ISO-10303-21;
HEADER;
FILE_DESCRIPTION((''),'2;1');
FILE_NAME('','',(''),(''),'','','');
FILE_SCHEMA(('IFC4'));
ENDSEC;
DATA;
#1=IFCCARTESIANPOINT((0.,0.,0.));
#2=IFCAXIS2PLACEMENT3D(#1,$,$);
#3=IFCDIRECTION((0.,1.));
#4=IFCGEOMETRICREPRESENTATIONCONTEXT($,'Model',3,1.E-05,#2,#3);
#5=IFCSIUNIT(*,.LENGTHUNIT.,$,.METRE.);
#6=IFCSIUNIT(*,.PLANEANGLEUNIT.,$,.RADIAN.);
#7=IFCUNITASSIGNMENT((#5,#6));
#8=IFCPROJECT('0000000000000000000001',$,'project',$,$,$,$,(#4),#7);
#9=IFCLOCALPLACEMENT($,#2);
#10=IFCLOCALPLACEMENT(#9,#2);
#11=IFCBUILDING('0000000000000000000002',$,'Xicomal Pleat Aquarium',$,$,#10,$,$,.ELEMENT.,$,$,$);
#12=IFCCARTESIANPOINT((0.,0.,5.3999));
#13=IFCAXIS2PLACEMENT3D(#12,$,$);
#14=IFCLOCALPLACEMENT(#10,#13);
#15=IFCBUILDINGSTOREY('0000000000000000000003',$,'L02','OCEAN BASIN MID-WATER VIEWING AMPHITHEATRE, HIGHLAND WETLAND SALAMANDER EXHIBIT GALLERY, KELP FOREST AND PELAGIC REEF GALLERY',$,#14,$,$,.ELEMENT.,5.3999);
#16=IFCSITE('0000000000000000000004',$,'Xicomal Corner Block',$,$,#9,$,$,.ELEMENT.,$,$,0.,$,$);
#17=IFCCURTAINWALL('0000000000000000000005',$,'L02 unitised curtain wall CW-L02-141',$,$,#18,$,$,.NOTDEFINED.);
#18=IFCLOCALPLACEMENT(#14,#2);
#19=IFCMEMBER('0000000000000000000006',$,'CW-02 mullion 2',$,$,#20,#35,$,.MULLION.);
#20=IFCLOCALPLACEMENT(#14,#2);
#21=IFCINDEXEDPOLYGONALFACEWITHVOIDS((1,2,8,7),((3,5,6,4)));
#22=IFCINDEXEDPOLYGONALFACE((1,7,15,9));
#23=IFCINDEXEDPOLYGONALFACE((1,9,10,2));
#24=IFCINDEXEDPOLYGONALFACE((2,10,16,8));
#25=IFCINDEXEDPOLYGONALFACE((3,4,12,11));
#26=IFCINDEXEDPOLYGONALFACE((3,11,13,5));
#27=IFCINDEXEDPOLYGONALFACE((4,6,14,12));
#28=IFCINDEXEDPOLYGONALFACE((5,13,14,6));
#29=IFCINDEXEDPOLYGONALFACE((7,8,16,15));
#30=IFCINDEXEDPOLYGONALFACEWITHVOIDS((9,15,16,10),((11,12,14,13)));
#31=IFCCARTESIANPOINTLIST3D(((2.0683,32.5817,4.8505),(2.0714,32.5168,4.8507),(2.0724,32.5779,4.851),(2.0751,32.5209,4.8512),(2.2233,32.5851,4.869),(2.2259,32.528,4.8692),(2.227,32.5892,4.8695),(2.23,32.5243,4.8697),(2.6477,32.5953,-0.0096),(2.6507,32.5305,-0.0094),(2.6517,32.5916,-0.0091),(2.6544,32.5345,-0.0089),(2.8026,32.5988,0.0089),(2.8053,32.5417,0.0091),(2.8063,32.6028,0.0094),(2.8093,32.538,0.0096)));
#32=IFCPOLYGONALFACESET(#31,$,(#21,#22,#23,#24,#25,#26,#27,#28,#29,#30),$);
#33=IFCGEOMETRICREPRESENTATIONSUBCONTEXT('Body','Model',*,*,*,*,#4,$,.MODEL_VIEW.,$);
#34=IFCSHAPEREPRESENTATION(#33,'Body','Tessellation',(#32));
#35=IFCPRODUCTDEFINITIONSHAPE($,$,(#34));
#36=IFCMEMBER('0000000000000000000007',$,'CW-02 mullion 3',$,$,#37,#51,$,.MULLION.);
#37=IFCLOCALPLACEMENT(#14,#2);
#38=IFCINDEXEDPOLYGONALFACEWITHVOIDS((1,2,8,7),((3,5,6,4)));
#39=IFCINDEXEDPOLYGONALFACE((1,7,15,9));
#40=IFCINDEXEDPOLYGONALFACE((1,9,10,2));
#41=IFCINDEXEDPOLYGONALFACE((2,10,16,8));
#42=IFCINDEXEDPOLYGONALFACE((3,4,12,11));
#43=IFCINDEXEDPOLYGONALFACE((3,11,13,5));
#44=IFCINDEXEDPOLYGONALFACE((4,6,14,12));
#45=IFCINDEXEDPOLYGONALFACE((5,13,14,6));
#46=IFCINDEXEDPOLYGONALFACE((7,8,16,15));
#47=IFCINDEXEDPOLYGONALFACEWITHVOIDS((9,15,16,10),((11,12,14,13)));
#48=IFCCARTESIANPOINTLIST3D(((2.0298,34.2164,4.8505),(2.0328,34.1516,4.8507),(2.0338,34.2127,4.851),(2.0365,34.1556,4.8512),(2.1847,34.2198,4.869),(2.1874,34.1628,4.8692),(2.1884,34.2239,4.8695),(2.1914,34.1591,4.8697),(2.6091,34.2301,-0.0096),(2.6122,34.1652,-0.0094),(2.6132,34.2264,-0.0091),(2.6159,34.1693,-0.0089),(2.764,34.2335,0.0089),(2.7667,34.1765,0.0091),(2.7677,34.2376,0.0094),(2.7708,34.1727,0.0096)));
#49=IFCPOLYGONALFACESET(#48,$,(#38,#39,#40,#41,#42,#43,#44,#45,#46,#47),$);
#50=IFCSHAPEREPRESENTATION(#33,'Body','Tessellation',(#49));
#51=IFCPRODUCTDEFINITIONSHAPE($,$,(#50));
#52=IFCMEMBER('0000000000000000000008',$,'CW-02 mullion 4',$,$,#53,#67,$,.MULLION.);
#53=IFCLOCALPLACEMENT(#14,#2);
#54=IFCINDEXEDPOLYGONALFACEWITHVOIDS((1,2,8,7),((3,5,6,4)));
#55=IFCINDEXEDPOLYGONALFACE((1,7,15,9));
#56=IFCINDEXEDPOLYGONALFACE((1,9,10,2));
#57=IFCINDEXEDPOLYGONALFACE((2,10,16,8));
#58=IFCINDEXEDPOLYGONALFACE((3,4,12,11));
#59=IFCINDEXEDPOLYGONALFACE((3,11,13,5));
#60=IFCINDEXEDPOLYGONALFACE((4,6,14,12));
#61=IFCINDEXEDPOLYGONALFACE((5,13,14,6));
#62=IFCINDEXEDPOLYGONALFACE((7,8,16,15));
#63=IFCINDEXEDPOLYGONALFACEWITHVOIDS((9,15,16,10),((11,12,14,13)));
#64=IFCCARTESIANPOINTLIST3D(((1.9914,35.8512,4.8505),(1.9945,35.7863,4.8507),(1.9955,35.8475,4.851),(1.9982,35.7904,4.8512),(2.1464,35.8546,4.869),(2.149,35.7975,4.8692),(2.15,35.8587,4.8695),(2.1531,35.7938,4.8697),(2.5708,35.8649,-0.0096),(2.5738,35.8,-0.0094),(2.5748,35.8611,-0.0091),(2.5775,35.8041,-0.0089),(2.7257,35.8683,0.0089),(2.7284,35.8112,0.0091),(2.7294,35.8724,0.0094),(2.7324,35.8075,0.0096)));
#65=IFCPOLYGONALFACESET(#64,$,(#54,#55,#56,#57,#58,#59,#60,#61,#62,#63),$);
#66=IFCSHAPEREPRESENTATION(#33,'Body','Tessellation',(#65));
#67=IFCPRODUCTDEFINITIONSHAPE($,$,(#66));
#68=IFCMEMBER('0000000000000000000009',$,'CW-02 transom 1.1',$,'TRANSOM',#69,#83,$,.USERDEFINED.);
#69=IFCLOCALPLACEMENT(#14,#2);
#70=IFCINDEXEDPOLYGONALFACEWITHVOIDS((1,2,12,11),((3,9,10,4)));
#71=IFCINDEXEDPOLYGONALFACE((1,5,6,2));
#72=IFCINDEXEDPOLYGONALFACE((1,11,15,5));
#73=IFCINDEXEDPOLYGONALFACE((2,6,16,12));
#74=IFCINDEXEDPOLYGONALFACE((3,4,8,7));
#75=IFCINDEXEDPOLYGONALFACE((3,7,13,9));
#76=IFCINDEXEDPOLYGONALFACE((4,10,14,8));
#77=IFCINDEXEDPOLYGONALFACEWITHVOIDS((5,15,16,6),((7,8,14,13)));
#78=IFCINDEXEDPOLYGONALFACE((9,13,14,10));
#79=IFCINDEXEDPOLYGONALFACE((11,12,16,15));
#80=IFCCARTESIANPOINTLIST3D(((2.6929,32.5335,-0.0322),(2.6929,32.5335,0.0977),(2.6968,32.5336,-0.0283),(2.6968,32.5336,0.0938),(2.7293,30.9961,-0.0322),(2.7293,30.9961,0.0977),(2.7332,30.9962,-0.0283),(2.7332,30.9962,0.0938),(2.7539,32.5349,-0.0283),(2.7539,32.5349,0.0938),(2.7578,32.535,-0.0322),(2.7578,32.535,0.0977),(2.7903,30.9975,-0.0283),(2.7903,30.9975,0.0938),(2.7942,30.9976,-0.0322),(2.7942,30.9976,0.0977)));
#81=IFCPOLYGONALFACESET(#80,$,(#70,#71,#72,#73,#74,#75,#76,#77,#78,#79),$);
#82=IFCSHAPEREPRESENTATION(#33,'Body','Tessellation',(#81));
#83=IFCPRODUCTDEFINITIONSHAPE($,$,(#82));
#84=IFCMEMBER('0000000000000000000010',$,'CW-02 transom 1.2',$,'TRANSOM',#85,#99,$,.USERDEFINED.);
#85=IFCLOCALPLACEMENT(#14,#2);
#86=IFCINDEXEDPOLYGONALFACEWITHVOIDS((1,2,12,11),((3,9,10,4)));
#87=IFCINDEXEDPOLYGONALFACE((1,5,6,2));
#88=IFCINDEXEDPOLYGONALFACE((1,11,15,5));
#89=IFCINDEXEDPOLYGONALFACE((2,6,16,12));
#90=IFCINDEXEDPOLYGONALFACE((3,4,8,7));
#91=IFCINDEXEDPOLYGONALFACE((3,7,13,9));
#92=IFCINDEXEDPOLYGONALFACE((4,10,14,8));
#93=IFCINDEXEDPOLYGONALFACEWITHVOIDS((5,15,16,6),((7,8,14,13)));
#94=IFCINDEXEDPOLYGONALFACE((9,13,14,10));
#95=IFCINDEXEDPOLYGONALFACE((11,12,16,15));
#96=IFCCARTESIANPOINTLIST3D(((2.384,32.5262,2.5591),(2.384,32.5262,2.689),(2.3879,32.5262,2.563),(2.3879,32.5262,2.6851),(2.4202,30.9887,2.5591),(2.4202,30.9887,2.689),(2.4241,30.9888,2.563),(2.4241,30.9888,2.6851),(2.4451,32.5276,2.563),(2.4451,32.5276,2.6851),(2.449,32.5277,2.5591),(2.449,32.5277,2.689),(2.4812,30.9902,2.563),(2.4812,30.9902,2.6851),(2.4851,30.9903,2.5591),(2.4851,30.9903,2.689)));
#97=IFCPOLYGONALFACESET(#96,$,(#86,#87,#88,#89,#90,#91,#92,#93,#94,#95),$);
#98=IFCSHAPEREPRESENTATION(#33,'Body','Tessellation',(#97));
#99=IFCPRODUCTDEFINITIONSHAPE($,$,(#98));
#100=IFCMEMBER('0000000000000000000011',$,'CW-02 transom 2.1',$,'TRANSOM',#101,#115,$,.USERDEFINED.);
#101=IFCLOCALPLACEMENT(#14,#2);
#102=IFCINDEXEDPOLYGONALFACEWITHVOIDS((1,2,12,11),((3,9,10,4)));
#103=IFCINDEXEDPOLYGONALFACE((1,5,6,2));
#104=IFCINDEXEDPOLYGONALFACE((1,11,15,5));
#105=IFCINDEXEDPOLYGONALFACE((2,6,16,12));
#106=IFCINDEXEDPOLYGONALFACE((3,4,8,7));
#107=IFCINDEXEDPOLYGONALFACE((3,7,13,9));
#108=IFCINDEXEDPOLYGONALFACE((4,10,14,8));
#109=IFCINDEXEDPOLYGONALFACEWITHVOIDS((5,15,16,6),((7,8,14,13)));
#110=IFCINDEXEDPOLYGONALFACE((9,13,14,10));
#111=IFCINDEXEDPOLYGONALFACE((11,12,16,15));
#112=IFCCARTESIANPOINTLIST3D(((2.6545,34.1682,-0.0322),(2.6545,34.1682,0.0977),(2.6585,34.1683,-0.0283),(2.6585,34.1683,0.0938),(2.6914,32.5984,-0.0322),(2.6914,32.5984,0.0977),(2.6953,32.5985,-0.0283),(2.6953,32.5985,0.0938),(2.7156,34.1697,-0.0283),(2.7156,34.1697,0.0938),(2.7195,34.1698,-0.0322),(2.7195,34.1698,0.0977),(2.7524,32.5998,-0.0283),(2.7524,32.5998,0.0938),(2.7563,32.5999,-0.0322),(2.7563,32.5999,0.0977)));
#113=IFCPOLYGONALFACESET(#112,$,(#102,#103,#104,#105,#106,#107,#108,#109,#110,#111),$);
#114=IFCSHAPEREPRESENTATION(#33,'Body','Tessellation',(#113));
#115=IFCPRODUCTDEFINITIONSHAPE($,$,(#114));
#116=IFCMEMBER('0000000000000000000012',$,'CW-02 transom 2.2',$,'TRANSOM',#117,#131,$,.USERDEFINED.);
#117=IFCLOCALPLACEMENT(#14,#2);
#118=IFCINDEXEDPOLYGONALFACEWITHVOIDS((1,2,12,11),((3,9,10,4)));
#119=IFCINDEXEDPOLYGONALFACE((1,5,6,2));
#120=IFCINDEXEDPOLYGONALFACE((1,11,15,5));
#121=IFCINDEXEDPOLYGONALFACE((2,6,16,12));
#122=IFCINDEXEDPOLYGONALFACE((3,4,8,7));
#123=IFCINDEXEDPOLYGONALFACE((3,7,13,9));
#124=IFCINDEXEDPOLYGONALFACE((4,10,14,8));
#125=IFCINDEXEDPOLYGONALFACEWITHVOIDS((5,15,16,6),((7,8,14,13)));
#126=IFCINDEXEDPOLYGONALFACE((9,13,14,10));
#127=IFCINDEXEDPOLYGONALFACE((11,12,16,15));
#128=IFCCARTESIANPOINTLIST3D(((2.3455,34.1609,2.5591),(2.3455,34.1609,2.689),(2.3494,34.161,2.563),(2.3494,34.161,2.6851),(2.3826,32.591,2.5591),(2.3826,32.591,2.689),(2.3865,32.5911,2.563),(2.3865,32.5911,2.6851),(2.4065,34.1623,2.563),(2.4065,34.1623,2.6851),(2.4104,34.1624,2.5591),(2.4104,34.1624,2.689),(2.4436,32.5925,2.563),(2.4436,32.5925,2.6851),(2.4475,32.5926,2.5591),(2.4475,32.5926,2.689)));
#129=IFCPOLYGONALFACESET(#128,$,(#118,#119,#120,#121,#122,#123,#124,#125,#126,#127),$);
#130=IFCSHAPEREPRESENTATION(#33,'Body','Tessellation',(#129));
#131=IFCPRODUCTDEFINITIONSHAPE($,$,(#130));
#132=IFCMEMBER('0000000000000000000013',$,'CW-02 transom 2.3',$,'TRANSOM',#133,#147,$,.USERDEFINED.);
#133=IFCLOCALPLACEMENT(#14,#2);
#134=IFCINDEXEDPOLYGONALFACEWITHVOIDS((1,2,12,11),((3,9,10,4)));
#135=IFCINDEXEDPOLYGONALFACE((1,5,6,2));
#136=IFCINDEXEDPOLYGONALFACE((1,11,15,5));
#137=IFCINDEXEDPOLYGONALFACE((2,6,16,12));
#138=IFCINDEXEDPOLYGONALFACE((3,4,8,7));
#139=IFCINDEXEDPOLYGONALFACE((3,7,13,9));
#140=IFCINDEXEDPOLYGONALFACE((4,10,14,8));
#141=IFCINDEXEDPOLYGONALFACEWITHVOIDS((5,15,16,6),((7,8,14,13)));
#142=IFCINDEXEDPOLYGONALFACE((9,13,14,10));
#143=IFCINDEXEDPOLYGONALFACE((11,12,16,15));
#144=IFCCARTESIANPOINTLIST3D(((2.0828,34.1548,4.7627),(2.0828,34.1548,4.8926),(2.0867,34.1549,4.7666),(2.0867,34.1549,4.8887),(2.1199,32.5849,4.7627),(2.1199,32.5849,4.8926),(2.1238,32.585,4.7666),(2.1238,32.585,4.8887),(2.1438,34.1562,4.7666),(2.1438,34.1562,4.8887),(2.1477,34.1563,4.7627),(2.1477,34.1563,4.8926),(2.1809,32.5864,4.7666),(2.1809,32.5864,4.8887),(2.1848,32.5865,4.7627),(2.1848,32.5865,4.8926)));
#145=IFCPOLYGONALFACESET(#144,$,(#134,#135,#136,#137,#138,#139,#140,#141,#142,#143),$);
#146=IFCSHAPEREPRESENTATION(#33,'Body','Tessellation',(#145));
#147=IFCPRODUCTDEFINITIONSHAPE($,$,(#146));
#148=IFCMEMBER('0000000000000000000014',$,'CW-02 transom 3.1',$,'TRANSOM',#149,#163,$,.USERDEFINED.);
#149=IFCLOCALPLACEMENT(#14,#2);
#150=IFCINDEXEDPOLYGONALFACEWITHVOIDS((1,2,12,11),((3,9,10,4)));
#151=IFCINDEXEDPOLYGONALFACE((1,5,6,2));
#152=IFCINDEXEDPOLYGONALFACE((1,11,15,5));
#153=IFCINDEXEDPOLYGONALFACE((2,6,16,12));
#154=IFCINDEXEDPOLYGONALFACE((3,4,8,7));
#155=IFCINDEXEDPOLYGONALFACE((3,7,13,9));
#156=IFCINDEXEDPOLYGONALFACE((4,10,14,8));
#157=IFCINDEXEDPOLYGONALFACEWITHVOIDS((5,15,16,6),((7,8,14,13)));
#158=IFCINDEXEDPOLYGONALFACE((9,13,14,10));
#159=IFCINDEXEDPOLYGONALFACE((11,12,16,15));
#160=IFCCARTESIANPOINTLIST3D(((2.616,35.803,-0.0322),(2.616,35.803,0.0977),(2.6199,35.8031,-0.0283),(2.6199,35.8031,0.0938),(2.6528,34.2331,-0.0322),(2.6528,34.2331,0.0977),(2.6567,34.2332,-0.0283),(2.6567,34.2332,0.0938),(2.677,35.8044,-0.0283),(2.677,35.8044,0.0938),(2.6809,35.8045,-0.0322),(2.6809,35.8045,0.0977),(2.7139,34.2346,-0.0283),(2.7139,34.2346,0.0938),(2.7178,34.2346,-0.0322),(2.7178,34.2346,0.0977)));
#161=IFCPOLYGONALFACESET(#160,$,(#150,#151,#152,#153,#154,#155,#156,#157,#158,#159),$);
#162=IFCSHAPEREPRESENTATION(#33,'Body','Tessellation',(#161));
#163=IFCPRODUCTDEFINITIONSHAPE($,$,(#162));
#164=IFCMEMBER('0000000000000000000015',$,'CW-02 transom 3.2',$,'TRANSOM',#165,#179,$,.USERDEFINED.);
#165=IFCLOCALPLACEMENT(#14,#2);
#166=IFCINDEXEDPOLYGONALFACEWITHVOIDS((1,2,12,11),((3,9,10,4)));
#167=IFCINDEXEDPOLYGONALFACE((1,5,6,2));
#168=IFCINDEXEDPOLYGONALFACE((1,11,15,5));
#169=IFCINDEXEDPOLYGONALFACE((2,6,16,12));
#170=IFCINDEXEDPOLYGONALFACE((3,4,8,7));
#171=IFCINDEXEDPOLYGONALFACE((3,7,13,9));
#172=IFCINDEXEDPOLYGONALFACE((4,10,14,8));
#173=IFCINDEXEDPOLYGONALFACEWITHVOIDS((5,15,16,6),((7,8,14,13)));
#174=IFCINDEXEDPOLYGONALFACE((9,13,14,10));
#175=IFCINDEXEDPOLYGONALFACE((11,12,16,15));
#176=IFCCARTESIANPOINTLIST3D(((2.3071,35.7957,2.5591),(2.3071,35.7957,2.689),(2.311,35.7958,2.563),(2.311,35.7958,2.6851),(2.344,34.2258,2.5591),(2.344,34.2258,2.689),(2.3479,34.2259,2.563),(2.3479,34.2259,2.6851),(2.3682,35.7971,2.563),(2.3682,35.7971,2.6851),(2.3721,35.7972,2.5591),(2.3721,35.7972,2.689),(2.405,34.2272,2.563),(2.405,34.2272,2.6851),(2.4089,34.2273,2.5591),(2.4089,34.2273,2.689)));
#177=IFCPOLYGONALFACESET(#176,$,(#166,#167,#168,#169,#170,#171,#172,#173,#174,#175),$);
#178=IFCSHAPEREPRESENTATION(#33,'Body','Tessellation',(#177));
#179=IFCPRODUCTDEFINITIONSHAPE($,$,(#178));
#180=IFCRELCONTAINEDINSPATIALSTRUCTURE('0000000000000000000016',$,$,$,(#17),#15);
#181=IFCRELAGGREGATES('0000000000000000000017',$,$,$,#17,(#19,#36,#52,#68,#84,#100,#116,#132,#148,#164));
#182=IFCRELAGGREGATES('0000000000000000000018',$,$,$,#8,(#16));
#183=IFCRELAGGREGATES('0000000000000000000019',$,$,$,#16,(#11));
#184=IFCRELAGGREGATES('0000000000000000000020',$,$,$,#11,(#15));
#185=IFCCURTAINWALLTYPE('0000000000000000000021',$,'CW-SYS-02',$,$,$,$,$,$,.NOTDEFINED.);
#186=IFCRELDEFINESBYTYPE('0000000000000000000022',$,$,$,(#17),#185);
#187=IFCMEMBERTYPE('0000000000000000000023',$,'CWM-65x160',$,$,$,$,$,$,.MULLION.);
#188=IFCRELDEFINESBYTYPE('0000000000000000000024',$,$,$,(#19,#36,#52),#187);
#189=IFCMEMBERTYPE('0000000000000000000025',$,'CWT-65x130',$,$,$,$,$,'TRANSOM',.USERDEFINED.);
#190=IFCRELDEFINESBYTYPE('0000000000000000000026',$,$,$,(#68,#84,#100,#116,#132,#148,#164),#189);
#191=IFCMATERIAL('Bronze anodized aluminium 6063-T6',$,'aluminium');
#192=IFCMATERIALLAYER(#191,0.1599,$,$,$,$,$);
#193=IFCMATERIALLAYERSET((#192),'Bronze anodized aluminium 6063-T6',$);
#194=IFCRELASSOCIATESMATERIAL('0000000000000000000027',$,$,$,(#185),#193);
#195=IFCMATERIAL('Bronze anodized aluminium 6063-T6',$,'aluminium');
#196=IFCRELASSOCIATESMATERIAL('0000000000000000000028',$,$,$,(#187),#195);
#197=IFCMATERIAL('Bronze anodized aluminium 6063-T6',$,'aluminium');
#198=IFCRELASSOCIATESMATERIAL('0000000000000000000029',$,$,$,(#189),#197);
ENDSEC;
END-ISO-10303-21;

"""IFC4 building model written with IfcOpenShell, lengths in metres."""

from ifc_helpers import new_model, si_unit, direction, frame, origin, origin_2d, place, context, subcontext, project, spatial, hollow_rectangle, extrude, material, layer, layer_set, material_profile, profile_set, type_object, element, aggregate, save


model = new_model("IFC4")

# Units and contexts
model_context = context("Model", 3, precision=1e-05, world=origin(), true_north=direction((0.0, 1.0)))
body_context = subcontext(model_context, "Body", "Model", "MODEL_VIEW")
ifc_project = project(units=[si_unit("LENGTHUNIT", "METRE"), si_unit("PLANEANGLEUNIT", "RADIAN")], contexts=[model_context])

# Site, building, storey
site_placement = place(None, origin())
site = spatial("IfcSite", under=ifc_project, at=site_placement, Name="Xicomal Corner Block", CompositionType="ELEMENT", RefElevation=0.0)
building_placement = place(site_placement, origin())
building = spatial("IfcBuilding", under=site, at=building_placement, Name="Xicomal Pleat Aquarium", CompositionType="ELEMENT")
storey_placement = place(building_placement, frame((0.0, 0.0, 5.3999)))
storey = spatial("IfcBuildingStorey", under=building, at=storey_placement, Name="L02", Description="OCEAN BASIN MID-WATER VIEWING AMPHITHEATRE, HIGHLAND WETLAND SALAMANDER EXHIBIT GALLERY, KELP FOREST AND PELAGIC REEF GALLERY", CompositionType="ELEMENT", Elevation=5.3999)

# Curtain wall, members
ifc_material_1 = material(Name="Bronze anodized aluminium 6063-T6", Category="aluminium")
ifc_layer_1 = layer(ifc_material_1, 0.1599)
ifc_layer_set_1 = layer_set([ifc_layer_1], Name="Bronze anodized aluminium 6063-T6")
curtain_wall_type = type_object("IfcCurtainWallType", Name="CW-SYS-02", PredefinedType="NOTDEFINED", material=ifc_layer_set_1)
curtain_wall_placement = place(storey_placement, origin())
curtain_wall = element("IfcCurtainWall", 1, at=curtain_wall_placement, inside=storey, type_object=curtain_wall_type, Name="L02 unitised curtain wall CW-L02-141", PredefinedType="NOTDEFINED")
ifc_material_2 = material(Name="Bronze anodized aluminium 6063-T6", Category="aluminium")
ifc_material_profile_1 = material_profile(ifc_material_2, hollow_rectangle(XDim=0.0649, YDim=0.1599, WallThickness=0.0039, at=origin_2d()), Name="ALU MULL 65x160")
ifc_profile_set_1 = profile_set([ifc_material_profile_1], Name="Bronze anodized aluminium 6063-T6")
member_type_1 = type_object("IfcMemberType", Name="CWM-65x160", PredefinedType="MULLION", material=ifc_profile_set_1)
member_1_placement = place(storey_placement, frame((2.7285, 32.5667, 0.0), z_axis=(-0.118366, -0.002793, 0.992966), x_axis=(-0.046958, 0.998893, -0.002788)))
member_1 = element("IfcMember", 2, at=member_1_placement, type_object=member_type_1, Name="CW-02 mullion 2", PredefinedType="MULLION", context=body_context, shape_type="SweptSolid", body=[
    extrude(hollow_rectangle(XDim=0.0649, YDim=0.1599, WallThickness=0.0039, at=origin_2d()), origin(), (0.0, 0.0, 1.0), 4.8945),
])
member_2_placement = place(storey_placement, frame((2.6899, 34.2014, 0.0), z_axis=(-0.118366, -0.002793, 0.992966), x_axis=(-0.046958, 0.998893, -0.002788)))
member_2 = element("IfcMember", 3, at=member_2_placement, type_object=member_type_1, Name="CW-02 mullion 3", PredefinedType="MULLION", context=body_context, shape_type="SweptSolid", body=[
    extrude(hollow_rectangle(XDim=0.0649, YDim=0.1599, WallThickness=0.0039, at=origin_2d()), origin(), (0.0, 0.0, 1.0), 4.8945),
])
member_3_placement = place(storey_placement, frame((2.6516, 35.8362, 0.0), z_axis=(-0.118366, -0.002793, 0.992966), x_axis=(-0.046958, 0.998893, -0.002788)))
member_3 = element("IfcMember", 4, at=member_3_placement, type_object=member_type_1, Name="CW-02 mullion 4", PredefinedType="MULLION", context=body_context, shape_type="SweptSolid", body=[
    extrude(hollow_rectangle(XDim=0.0649, YDim=0.1599, WallThickness=0.0039, at=origin_2d()), origin(), (0.0, 0.0, 1.0), 4.8945),
])
ifc_material_3 = material(Name="Bronze anodized aluminium 6063-T6", Category="aluminium")
ifc_material_profile_2 = material_profile(ifc_material_3, hollow_rectangle(XDim=0.0649, YDim=0.1299, WallThickness=0.0039, at=origin_2d()), Name="ALU TRAN 65x130")
ifc_profile_set_2 = profile_set([ifc_material_profile_2], Name="Bronze anodized aluminium 6063-T6")
member_type_2 = type_object("IfcMemberType", Name="CWT-65x130", ElementType="TRANSOM", PredefinedType="USERDEFINED", material=ifc_profile_set_2)
member_4_placement = place(storey_placement, frame((2.7617, 30.9968, 0.0327), z_axis=(-0.023655, 0.99972, 0.0), x_axis=(-0.99972, -0.023655, 0.0)))
member_4 = element("IfcMember", 5, at=member_4_placement, type_object=member_type_2, Name="CW-02 transom 1.1", ObjectType="TRANSOM", PredefinedType="USERDEFINED", context=body_context, shape_type="SweptSolid", body=[
    extrude(hollow_rectangle(XDim=0.0649, YDim=0.1299, WallThickness=0.0039, at=origin_2d()), origin(), (0.0, 0.0, 1.0), 1.5378),
])
member_5_placement = place(storey_placement, frame((2.4526, 30.9895, 2.624), z_axis=(-0.023497, 0.999724, 0.0), x_axis=(-0.999724, -0.023497, 0.0)))
member_5 = element("IfcMember", 6, at=member_5_placement, type_object=member_type_2, Name="CW-02 transom 1.2", ObjectType="TRANSOM", PredefinedType="USERDEFINED", context=body_context, shape_type="SweptSolid", body=[
    extrude(hollow_rectangle(XDim=0.0649, YDim=0.1299, WallThickness=0.0039, at=origin_2d()), origin(), (0.0, 0.0, 1.0), 1.5378),
])
member_6_placement = place(storey_placement, frame((2.7239, 32.5991, 0.0327), z_axis=(-0.023477, 0.999724, 0.0), x_axis=(-0.999724, -0.023477, 0.0)))
member_6 = element("IfcMember", 7, at=member_6_placement, type_object=member_type_2, Name="CW-02 transom 2.1", ObjectType="TRANSOM", PredefinedType="USERDEFINED", context=body_context, shape_type="SweptSolid", body=[
    extrude(hollow_rectangle(XDim=0.0649, YDim=0.1299, WallThickness=0.0039, at=origin_2d()), origin(), (0.0, 0.0, 1.0), 1.5703),
])
member_7_placement = place(storey_placement, frame((2.415, 32.5918, 2.624), z_axis=(-0.023633, 0.999721, 0.0), x_axis=(-0.999721, -0.023633, 0.0)))
member_7 = element("IfcMember", 8, at=member_7_placement, type_object=member_type_2, Name="CW-02 transom 2.2", ObjectType="TRANSOM", PredefinedType="USERDEFINED", context=body_context, shape_type="SweptSolid", body=[
    extrude(hollow_rectangle(XDim=0.0649, YDim=0.1299, WallThickness=0.0039, at=origin_2d()), origin(), (0.0, 0.0, 1.0), 1.5703),
])
member_8_placement = place(storey_placement, frame((2.1523, 32.5857, 4.8276), z_axis=(-0.023633, 0.999721, 0.0), x_axis=(-0.999721, -0.023633, 0.0)))
member_8 = element("IfcMember", 9, at=member_8_placement, type_object=member_type_2, Name="CW-02 transom 2.3", ObjectType="TRANSOM", PredefinedType="USERDEFINED", context=body_context, shape_type="SweptSolid", body=[
    extrude(hollow_rectangle(XDim=0.0649, YDim=0.1299, WallThickness=0.0039, at=origin_2d()), origin(), (0.0, 0.0, 1.0), 1.5703),
])
member_9_placement = place(storey_placement, frame((2.6853, 34.2339, 0.0327), z_axis=(-0.023477, 0.999724, 0.0), x_axis=(-0.999724, -0.023477, 0.0)))
member_9 = element("IfcMember", 10, at=member_9_placement, type_object=member_type_2, Name="CW-02 transom 3.1", ObjectType="TRANSOM", PredefinedType="USERDEFINED", context=body_context, shape_type="SweptSolid", body=[
    extrude(hollow_rectangle(XDim=0.0649, YDim=0.1299, WallThickness=0.0039, at=origin_2d()), origin(), (0.0, 0.0, 1.0), 1.5703),
])
member_10_placement = place(storey_placement, frame((2.3765, 34.2266, 2.624), z_axis=(-0.023477, 0.999724, 0.0), x_axis=(-0.999724, -0.023477, 0.0)))
member_10 = element("IfcMember", 11, at=member_10_placement, type_object=member_type_2, Name="CW-02 transom 3.2", ObjectType="TRANSOM", PredefinedType="USERDEFINED", context=body_context, shape_type="SweptSolid", body=[
    extrude(hollow_rectangle(XDim=0.0649, YDim=0.1299, WallThickness=0.0039, at=origin_2d()), origin(), (0.0, 0.0, 1.0), 1.5703),
])
aggregate(curtain_wall, [member_1, member_2, member_3, member_4, member_5, member_6, member_7, member_8, member_9, member_10])

save(model, "model.ifc")
